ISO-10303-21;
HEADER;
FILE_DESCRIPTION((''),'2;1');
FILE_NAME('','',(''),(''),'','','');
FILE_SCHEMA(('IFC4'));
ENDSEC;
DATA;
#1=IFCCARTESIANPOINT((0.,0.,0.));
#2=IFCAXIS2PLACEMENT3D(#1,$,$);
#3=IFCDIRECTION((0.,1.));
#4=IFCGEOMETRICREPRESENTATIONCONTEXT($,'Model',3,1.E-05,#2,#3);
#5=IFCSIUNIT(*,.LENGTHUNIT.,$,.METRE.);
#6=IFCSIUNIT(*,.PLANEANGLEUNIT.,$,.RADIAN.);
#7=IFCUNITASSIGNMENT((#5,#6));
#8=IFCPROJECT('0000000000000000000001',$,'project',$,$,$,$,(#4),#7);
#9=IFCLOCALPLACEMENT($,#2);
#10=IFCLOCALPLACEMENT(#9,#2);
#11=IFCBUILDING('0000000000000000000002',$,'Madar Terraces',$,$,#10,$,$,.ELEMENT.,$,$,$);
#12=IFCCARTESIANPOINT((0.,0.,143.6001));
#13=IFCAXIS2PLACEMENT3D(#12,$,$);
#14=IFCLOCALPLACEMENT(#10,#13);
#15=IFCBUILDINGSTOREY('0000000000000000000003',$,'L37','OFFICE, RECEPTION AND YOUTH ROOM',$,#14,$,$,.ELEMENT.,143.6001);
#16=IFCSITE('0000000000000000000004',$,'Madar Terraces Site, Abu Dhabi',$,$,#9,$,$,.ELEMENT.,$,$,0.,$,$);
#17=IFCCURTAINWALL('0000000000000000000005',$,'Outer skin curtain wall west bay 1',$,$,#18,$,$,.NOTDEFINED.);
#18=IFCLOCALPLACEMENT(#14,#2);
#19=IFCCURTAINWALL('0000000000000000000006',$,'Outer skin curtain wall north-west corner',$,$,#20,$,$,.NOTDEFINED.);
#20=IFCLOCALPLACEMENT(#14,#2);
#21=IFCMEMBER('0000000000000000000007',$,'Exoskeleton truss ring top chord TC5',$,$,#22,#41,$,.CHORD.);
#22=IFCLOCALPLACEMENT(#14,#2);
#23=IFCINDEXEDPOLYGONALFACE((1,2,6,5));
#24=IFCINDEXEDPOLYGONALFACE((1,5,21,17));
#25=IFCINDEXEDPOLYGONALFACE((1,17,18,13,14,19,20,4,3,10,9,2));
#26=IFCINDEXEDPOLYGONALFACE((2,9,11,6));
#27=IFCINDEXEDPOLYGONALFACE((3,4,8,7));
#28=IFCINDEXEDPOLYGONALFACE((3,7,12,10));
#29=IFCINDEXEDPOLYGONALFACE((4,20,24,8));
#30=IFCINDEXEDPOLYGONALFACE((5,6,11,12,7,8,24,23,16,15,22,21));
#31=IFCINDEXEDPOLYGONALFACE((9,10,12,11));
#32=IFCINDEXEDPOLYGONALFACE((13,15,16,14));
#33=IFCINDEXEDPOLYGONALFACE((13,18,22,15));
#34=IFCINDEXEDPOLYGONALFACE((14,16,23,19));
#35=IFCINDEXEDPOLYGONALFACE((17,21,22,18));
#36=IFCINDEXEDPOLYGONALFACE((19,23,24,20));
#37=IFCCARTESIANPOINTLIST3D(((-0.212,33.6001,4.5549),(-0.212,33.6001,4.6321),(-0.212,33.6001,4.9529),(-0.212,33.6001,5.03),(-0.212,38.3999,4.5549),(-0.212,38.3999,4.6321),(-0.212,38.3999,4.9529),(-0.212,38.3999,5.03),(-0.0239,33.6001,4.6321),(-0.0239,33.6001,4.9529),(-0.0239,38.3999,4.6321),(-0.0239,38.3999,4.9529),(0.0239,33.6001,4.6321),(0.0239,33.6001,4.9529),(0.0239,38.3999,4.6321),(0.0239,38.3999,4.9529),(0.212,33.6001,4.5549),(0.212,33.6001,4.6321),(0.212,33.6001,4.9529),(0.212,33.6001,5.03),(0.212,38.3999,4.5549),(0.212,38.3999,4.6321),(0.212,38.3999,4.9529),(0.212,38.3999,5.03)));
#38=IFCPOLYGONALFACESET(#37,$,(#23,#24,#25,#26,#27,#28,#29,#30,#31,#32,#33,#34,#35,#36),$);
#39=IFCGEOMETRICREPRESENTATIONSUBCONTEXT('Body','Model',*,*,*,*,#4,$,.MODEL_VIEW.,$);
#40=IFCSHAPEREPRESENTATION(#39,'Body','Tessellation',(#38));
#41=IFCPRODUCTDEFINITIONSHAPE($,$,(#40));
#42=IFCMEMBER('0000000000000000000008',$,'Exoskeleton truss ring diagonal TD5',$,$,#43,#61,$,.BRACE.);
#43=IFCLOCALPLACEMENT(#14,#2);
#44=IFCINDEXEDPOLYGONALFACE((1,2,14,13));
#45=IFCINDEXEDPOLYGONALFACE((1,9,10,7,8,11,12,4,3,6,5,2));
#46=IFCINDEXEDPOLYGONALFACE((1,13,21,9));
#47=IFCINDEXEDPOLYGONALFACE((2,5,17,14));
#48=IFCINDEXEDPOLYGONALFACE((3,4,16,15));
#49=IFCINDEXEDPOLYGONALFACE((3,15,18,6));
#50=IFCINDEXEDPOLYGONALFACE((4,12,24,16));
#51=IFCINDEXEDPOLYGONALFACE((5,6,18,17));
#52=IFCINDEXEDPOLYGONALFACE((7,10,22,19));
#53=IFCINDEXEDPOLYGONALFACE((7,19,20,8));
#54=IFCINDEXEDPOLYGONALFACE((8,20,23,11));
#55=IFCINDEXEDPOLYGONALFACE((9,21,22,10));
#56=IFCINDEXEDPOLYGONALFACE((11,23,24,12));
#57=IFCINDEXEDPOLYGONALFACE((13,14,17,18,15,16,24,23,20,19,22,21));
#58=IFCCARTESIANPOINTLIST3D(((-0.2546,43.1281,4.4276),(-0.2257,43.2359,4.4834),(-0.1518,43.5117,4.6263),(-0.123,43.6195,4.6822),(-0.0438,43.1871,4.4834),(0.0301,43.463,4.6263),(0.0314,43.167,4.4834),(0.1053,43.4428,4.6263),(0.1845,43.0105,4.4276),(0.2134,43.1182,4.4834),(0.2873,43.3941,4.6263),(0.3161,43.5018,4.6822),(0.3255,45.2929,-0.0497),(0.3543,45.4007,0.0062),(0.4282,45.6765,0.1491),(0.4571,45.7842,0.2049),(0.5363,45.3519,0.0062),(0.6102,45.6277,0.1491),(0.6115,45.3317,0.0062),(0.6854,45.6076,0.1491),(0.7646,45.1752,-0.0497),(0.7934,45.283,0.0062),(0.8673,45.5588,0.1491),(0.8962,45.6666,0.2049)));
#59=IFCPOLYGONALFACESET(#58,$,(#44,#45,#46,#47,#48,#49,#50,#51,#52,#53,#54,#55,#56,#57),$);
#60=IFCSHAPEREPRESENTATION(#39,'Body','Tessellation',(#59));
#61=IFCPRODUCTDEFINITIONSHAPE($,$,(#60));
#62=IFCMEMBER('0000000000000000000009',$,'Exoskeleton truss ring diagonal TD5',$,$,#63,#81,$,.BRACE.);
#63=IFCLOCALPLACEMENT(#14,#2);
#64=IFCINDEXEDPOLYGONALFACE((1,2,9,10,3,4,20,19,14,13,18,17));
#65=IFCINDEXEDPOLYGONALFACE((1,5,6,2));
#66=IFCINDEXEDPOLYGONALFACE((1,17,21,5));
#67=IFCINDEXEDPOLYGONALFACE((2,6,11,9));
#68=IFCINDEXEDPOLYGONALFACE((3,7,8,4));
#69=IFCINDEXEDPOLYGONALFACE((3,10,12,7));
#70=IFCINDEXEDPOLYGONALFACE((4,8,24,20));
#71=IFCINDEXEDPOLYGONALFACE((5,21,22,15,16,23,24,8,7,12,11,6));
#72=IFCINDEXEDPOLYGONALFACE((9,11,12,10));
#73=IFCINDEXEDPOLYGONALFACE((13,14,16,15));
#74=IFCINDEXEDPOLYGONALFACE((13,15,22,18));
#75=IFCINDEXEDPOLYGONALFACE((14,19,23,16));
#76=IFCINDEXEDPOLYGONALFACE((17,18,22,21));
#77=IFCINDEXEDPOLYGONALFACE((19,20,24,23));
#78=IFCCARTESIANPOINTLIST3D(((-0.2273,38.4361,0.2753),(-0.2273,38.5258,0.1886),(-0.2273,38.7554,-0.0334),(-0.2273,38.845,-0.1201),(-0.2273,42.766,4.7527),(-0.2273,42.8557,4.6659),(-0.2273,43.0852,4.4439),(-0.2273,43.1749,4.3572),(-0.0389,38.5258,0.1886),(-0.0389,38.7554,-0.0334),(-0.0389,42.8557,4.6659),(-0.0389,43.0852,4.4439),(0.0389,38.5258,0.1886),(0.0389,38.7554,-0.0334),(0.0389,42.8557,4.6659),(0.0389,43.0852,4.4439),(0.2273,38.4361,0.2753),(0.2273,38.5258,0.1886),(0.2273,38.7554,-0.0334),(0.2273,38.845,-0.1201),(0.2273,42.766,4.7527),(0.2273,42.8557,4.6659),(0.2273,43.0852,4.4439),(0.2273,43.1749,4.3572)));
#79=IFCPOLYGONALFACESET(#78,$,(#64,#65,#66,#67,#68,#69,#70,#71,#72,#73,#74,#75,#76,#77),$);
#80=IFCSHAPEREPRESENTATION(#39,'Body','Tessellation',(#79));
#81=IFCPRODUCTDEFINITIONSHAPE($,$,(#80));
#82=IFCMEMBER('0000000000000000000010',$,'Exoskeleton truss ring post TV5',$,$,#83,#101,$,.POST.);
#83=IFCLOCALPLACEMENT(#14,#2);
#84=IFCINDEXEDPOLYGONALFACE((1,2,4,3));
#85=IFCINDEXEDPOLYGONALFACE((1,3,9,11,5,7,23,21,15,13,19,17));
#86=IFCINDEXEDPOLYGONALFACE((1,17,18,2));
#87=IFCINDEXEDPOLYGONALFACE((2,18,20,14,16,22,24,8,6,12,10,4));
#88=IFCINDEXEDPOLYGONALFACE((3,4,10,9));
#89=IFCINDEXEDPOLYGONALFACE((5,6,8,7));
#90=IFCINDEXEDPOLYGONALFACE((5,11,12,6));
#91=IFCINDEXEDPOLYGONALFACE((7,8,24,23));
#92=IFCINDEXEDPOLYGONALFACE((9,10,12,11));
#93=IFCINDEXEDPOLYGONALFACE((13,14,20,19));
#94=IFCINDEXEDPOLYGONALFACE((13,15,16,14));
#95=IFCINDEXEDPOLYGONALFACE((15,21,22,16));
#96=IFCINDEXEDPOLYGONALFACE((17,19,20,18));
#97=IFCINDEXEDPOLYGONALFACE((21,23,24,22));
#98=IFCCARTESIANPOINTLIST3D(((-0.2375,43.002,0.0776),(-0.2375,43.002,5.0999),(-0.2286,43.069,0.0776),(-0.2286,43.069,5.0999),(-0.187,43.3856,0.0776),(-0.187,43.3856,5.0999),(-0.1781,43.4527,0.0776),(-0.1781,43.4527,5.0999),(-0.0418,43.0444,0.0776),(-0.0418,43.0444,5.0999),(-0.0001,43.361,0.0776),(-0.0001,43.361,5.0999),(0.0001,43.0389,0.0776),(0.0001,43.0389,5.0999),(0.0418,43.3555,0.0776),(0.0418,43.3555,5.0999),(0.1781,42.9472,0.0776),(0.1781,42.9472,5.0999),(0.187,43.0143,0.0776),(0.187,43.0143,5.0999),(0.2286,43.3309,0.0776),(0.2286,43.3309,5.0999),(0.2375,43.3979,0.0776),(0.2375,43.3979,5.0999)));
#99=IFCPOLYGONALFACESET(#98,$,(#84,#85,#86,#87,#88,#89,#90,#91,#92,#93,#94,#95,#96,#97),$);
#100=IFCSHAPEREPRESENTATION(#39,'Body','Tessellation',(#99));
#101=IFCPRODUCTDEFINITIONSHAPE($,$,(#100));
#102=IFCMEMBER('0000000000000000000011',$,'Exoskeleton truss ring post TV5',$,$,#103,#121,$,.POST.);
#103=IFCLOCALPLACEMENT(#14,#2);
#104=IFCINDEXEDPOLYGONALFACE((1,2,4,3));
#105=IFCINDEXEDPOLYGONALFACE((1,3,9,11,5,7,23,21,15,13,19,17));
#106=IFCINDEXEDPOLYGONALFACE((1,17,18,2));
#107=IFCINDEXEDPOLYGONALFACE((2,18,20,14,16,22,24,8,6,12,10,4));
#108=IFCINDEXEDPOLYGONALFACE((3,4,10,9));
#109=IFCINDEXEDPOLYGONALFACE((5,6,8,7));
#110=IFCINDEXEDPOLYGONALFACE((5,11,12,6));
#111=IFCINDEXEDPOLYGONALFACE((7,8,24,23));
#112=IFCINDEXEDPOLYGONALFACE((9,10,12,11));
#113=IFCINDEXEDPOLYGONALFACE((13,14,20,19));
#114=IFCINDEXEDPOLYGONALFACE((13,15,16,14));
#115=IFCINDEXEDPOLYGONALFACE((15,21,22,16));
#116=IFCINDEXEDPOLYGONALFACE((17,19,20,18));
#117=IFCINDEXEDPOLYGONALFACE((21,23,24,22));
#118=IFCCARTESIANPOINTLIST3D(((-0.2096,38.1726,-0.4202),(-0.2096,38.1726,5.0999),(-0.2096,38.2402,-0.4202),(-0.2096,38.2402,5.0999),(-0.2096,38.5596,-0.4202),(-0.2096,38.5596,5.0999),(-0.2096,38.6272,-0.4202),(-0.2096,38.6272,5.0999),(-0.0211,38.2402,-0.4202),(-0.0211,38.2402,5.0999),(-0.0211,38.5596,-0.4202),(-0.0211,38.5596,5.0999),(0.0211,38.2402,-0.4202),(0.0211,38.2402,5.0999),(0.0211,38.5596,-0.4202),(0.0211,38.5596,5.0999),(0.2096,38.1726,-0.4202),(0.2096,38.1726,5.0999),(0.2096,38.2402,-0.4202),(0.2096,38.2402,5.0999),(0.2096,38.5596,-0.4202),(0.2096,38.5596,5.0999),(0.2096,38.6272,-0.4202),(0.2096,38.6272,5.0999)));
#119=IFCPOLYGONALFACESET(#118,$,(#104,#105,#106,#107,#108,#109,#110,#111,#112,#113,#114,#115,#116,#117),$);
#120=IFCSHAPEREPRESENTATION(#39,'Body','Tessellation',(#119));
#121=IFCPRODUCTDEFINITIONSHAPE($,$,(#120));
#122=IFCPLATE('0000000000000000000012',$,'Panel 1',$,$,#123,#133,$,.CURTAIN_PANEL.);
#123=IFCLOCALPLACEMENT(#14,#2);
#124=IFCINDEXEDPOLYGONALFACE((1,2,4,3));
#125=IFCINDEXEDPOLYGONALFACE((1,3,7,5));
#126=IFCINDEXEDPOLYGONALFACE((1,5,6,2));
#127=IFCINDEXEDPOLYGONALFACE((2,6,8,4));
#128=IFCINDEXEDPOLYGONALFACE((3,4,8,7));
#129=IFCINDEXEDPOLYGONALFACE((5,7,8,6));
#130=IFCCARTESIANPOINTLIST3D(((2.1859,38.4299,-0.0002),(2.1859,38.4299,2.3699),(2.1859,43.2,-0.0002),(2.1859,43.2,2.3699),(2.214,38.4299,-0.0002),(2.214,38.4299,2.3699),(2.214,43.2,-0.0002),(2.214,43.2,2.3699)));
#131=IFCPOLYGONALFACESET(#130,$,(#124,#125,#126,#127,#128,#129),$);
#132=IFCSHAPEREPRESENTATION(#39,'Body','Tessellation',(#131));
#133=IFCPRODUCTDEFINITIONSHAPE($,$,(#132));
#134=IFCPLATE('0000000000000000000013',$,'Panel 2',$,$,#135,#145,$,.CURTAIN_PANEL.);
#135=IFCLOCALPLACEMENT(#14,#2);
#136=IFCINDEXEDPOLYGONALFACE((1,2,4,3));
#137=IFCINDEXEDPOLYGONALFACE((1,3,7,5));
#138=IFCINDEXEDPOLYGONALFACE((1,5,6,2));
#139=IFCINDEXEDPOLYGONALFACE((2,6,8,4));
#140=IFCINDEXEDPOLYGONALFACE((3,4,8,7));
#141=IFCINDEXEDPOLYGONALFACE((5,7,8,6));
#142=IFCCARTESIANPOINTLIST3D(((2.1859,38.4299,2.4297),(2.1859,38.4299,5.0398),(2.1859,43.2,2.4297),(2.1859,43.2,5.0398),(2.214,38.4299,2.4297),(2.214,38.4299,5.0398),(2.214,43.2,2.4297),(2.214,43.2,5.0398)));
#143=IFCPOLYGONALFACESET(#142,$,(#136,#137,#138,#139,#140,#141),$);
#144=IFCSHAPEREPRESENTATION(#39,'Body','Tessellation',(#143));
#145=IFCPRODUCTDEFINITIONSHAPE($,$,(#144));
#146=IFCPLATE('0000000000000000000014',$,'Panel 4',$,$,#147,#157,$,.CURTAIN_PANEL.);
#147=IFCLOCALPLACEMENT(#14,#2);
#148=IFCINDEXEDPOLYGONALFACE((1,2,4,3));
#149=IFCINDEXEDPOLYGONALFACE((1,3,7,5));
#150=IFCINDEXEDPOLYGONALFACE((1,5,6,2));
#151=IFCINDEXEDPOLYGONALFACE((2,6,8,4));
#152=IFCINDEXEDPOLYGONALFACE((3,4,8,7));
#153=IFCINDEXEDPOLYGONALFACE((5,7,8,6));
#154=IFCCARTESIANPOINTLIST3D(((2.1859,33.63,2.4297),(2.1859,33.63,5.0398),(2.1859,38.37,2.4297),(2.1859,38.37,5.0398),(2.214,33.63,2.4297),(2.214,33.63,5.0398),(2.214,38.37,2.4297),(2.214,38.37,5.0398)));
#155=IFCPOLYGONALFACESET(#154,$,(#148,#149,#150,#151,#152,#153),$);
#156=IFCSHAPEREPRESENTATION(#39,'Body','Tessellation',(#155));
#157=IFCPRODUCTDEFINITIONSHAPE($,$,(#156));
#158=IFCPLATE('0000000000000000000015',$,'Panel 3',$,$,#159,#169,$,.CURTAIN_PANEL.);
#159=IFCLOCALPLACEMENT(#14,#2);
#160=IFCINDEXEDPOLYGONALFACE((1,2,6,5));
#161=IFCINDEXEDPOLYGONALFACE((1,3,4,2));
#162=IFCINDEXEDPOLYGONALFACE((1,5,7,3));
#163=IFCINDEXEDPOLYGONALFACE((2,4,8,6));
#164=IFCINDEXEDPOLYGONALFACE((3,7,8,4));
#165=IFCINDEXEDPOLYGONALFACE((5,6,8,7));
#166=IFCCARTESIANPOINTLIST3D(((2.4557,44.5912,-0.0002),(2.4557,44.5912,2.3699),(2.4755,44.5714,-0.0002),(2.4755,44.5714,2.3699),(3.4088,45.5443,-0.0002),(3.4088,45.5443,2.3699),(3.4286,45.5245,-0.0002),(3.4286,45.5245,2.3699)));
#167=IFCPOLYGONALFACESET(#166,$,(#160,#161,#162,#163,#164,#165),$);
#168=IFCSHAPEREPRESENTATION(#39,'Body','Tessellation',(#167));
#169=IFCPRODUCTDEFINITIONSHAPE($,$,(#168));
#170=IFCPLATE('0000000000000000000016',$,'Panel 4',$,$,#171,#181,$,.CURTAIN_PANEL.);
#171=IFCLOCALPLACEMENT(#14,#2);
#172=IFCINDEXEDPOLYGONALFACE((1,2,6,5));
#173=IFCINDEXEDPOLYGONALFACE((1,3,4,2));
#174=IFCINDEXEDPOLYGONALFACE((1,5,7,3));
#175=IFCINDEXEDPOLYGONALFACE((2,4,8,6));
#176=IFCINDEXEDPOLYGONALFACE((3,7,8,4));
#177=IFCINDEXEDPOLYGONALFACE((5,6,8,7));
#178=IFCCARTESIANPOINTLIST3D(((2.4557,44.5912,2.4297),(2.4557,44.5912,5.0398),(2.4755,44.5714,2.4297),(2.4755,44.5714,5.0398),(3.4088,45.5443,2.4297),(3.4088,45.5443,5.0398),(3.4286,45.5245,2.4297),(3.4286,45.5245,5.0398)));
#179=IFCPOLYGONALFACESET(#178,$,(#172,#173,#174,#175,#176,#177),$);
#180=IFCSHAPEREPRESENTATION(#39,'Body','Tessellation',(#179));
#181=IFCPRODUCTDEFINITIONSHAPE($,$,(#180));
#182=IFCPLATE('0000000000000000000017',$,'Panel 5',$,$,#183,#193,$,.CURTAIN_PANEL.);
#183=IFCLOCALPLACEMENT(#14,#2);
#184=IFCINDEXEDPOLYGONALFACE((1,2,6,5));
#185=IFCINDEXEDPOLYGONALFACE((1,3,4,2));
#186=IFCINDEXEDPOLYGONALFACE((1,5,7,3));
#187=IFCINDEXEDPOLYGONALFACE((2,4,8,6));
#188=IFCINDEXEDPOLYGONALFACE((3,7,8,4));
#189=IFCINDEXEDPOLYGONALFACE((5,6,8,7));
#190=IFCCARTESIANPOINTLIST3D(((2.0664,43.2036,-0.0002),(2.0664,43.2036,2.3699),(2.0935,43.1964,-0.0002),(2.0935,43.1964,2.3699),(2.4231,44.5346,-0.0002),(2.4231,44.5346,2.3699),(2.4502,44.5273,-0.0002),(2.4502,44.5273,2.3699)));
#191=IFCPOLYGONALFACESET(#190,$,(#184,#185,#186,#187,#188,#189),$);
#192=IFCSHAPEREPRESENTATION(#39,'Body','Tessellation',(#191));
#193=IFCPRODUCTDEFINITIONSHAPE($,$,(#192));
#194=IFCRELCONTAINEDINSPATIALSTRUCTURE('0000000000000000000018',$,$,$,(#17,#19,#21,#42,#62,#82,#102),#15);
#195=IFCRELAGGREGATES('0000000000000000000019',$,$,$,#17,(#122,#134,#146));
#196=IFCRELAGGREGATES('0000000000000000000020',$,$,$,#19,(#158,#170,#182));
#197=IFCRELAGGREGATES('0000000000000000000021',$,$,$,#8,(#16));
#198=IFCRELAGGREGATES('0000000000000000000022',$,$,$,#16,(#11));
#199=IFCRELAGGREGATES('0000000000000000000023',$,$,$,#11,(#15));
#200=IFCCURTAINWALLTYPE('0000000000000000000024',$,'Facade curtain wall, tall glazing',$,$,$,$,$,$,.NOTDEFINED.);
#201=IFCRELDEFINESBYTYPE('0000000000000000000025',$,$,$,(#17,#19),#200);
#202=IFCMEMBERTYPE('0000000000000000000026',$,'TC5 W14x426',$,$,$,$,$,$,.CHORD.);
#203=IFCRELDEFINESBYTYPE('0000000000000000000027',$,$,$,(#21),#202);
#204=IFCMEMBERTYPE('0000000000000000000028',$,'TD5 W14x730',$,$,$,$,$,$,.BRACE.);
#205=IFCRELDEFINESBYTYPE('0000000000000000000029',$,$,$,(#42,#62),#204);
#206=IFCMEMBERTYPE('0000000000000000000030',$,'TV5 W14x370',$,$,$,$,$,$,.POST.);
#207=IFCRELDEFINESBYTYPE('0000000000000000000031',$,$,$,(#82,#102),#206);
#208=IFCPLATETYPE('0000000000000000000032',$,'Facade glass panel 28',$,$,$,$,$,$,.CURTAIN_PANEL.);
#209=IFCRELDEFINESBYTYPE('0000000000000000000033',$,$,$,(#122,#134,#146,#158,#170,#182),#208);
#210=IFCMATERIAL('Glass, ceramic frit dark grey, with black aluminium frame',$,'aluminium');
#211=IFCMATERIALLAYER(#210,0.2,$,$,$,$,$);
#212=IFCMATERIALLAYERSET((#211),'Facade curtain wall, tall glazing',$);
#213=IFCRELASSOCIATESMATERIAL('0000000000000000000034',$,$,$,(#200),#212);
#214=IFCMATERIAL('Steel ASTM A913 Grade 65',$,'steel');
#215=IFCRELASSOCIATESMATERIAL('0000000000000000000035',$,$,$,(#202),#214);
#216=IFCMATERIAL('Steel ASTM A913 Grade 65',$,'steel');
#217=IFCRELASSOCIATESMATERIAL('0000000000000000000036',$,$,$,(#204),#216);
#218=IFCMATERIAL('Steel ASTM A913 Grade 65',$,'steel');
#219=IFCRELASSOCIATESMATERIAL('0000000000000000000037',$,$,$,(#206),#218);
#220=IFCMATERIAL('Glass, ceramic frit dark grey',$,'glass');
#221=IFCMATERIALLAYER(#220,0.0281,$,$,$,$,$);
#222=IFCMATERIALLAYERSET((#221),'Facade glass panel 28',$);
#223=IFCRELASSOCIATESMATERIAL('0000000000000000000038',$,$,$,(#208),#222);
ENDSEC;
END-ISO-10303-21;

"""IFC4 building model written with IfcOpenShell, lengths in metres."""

from ifc_helpers import new_model, si_unit, direction, frame, origin, origin_2d, place, context, subcontext, project, spatial, rectangle, i_section, extrude, material, layer, layer_set, material_profile, profile_set, type_object, element, aggregate, save


model = new_model("IFC4")

# Units and contexts
model_context = context("Model", 3, precision=1e-05, world=origin(), true_north=direction((0.0, 1.0)))
body_context = subcontext(model_context, "Body", "Model", "MODEL_VIEW")
ifc_project = project(units=[si_unit("LENGTHUNIT", "METRE"), si_unit("PLANEANGLEUNIT", "RADIAN")], contexts=[model_context])

# Site, building, storey
site_placement = place(None, origin())
site = spatial("IfcSite", under=ifc_project, at=site_placement, Name="Madar Terraces Site, Abu Dhabi", CompositionType="ELEMENT", RefElevation=0.0)
building_placement = place(site_placement, origin())
building = spatial("IfcBuilding", under=site, at=building_placement, Name="Madar Terraces", CompositionType="ELEMENT")
storey_placement = place(building_placement, frame((0.0, 0.0, 143.6001)))
storey = spatial("IfcBuildingStorey", under=building, at=storey_placement, Name="L37", Description="OFFICE, RECEPTION AND YOUTH ROOM", CompositionType="ELEMENT", Elevation=143.6001)

# Curtain walls
ifc_material_1 = material(Name="Glass, ceramic frit dark grey, with black aluminium frame", Category="aluminium")
ifc_layer_1 = layer(ifc_material_1, 0.2)
ifc_layer_set_1 = layer_set([ifc_layer_1], Name="Facade curtain wall, tall glazing")
curtain_wall_type = type_object("IfcCurtainWallType", Name="Facade curtain wall, tall glazing", PredefinedType="NOTDEFINED", material=ifc_layer_set_1)
curtain_wall_1_placement = place(storey_placement, origin())
curtain_wall_1 = element("IfcCurtainWall", 1, at=curtain_wall_1_placement, inside=storey, type_object=curtain_wall_type, Name="Outer skin curtain wall west bay 1", PredefinedType="NOTDEFINED")
curtain_wall_2_placement = place(storey_placement, origin())
curtain_wall_2 = element("IfcCurtainWall", 2, at=curtain_wall_2_placement, inside=storey, type_object=curtain_wall_type, Name="Outer skin curtain wall north-west corner", PredefinedType="NOTDEFINED")

# Members
ifc_material_2 = material(Name="Steel ASTM A913 Grade 65", Category="steel")
ifc_material_profile_1 = material_profile(ifc_material_2, i_section(OverallWidth=0.4241, OverallDepth=0.4751, WebThickness=0.0479, FlangeThickness=0.0771, at=origin_2d()), Name="W14x426")
ifc_profile_set_1 = profile_set([ifc_material_profile_1], Name="Steel ASTM A913 Grade 65")
member_type_1 = type_object("IfcMemberType", Name="TC5 W14x426", PredefinedType="CHORD", material=ifc_profile_set_1)
member_1_placement = place(storey_placement, frame((0.0, 38.3999, 4.7925), z_axis=(0.0, -1.0, 0.0), x_axis=(1.0, 0.0, 0.0)))
element("IfcMember", 3, at=member_1_placement, inside=storey, type_object=member_type_1, Name="Exoskeleton truss ring top chord TC5", PredefinedType="CHORD", context=body_context, shape_type="SweptSolid", body=[
    extrude(i_section(OverallWidth=0.4241, OverallDepth=0.4751, WebThickness=0.0479, FlangeThickness=0.0771, at=origin_2d()), origin(), (0.0, 0.0, 1.0), 4.7998),
])
ifc_material_3 = material(Name="Steel ASTM A913 Grade 65", Category="steel")
ifc_material_profile_2 = material_profile(ifc_material_3, i_section(OverallWidth=0.4546, OverallDepth=0.5688, WebThickness=0.0779, FlangeThickness=0.1248, at=origin_2d()), Name="W14x730")
ifc_profile_set_2 = profile_set([ifc_material_profile_2], Name="Steel ASTM A913 Grade 65")
member_type_2 = type_object("IfcMemberType", Name="TD5 W14x730", PredefinedType="BRACE", material=ifc_profile_set_2)
member_2_placement = place(storey_placement, frame((0.6108, 45.4797, 0.0776), z_axis=(-0.115856, -0.432363, 0.894226), x_axis=(0.965923, -0.258829, 0.0)))
element("IfcMember", 4, at=member_2_placement, inside=storey, type_object=member_type_2, Name="Exoskeleton truss ring diagonal TD5", PredefinedType="BRACE", context=body_context, shape_type="SweptSolid", body=[
    extrude(i_section(OverallWidth=0.4546, OverallDepth=0.5688, WebThickness=0.0779, FlangeThickness=0.1248, at=origin_2d()), origin(), (0.0, 0.0, 1.0), 5.0068),
])
member_3_placement = place(storey_placement, frame((0.0, 42.9705, 4.5549), z_axis=(0.0, -0.69517, -0.718845), x_axis=(1.0, 0.0, 0.0)))
element("IfcMember", 5, at=member_3_placement, inside=storey, type_object=member_type_2, Name="Exoskeleton truss ring diagonal TD5", PredefinedType="BRACE", context=body_context, shape_type="SweptSolid", body=[
    extrude(i_section(OverallWidth=0.4546, OverallDepth=0.5688, WebThickness=0.0779, FlangeThickness=0.1248, at=origin_2d()), origin(), (0.0, 0.0, 1.0), 6.2285),
])
ifc_material_4 = material(Name="Steel ASTM A913 Grade 65", Category="steel")
ifc_material_profile_3 = material_profile(ifc_material_4, i_section(OverallWidth=0.4192, OverallDepth=0.4546, WebThickness=0.0422, FlangeThickness=0.0676, at=origin_2d()), Name="W14x370")
ifc_profile_set_3 = profile_set([ifc_material_profile_3], Name="Steel ASTM A913 Grade 65")
member_type_3 = type_object("IfcMemberType", Name="TV5 W14x370", PredefinedType="POST", material=ifc_profile_set_3)
member_4_placement = place(storey_placement, frame((0.0, 43.2, 0.0776), z_axis=(0.0, 0.0, 1.0), x_axis=(0.991445, -0.130526, 0.0)))
element("IfcMember", 6, at=member_4_placement, inside=storey, type_object=member_type_3, Name="Exoskeleton truss ring post TV5", PredefinedType="POST", context=body_context, shape_type="SweptSolid", body=[
    extrude(i_section(OverallWidth=0.4192, OverallDepth=0.4546, WebThickness=0.0422, FlangeThickness=0.0676, at=origin_2d()), origin(), (0.0, 0.0, 1.0), 5.0222),
])
member_5_placement = place(storey_placement, frame((0.0, 38.3999, -0.4202), z_axis=(0.0, 0.0, 1.0), x_axis=(1.0, 0.0, 0.0)))
element("IfcMember", 7, at=member_5_placement, inside=storey, type_object=member_type_3, Name="Exoskeleton truss ring post TV5", PredefinedType="POST", context=body_context, shape_type="SweptSolid", body=[
    extrude(i_section(OverallWidth=0.4192, OverallDepth=0.4546, WebThickness=0.0422, FlangeThickness=0.0676, at=origin_2d()), origin(), (0.0, 0.0, 1.0), 5.52),
])

# Plates
ifc_material_5 = material(Name="Glass, ceramic frit dark grey", Category="glass")
ifc_layer_2 = layer(ifc_material_5, 0.0281)
ifc_layer_set_2 = layer_set([ifc_layer_2], Name="Facade glass panel 28")
plate_type = type_object("IfcPlateType", Name="Facade glass panel 28", PredefinedType="CURTAIN_PANEL", material=ifc_layer_set_2)
plate_1_placement = place(storey_placement, frame((2.2, 40.8149, -0.0002), z_axis=(0.0, 0.0, 1.0), x_axis=(0.0, -1.0, 0.0)))
plate_1 = element("IfcPlate", 8, at=plate_1_placement, type_object=plate_type, Name="Panel 1", PredefinedType="CURTAIN_PANEL", context=body_context, shape_type="SweptSolid", body=[
    extrude(rectangle(XDim=4.77, YDim=0.0281, at=origin_2d()), origin(), (0.0, 0.0, 1.0), 2.3701),
])
plate_2_placement = place(storey_placement, frame((2.2, 40.8149, 2.4297), z_axis=(0.0, 0.0, 1.0), x_axis=(0.0, -1.0, 0.0)))
plate_2 = element("IfcPlate", 9, at=plate_2_placement, type_object=plate_type, Name="Panel 2", PredefinedType="CURTAIN_PANEL", context=body_context, shape_type="SweptSolid", body=[
    extrude(rectangle(XDim=4.77, YDim=0.0281, at=origin_2d()), origin(), (0.0, 0.0, 1.0), 2.6101),
])
plate_3_placement = place(storey_placement, frame((2.2, 36.0, 2.4297), z_axis=(0.0, 0.0, 1.0), x_axis=(0.0, -1.0, 0.0)))
plate_3 = element("IfcPlate", 10, at=plate_3_placement, type_object=plate_type, Name="Panel 4", PredefinedType="CURTAIN_PANEL", context=body_context, shape_type="SweptSolid", body=[
    extrude(rectangle(XDim=4.74, YDim=0.0281, at=origin_2d()), origin(), (0.0, 0.0, 1.0), 2.6101),
])
aggregate(curtain_wall_1, [plate_1, plate_2, plate_3])
plate_4_placement = place(storey_placement, frame((2.9421, 45.0579, -0.0002), z_axis=(0.0, 0.0, 1.0), x_axis=(-0.707107, -0.707107, 0.0)))
plate_4 = element("IfcPlate", 11, at=plate_4_placement, type_object=plate_type, Name="Panel 3", PredefinedType="CURTAIN_PANEL", context=body_context, shape_type="SweptSolid", body=[
    extrude(rectangle(XDim=1.3479, YDim=0.0281, at=origin_2d()), origin(), (0.0, 0.0, 1.0), 2.3701),
])
plate_5_placement = place(storey_placement, frame((2.9421, 45.0579, 2.4297), z_axis=(0.0, 0.0, 1.0), x_axis=(-0.707107, -0.707107, 0.0)))
plate_5 = element("IfcPlate", 12, at=plate_5_placement, type_object=plate_type, Name="Panel 4", PredefinedType="CURTAIN_PANEL", context=body_context, shape_type="SweptSolid", body=[
    extrude(rectangle(XDim=1.3479, YDim=0.0281, at=origin_2d()), origin(), (0.0, 0.0, 1.0), 2.6101),
])
plate_6_placement = place(storey_placement, frame((2.2583, 43.8655, -0.0002), z_axis=(0.0, 0.0, 1.0), x_axis=(-0.258819, -0.965926, 0.0)))
plate_6 = element("IfcPlate", 13, at=plate_6_placement, type_object=plate_type, Name="Panel 5", PredefinedType="CURTAIN_PANEL", context=body_context, shape_type="SweptSolid", body=[
    extrude(rectangle(XDim=1.3779, YDim=0.0281, at=origin_2d()), origin(), (0.0, 0.0, 1.0), 2.3701),
])
aggregate(curtain_wall_2, [plate_4, plate_5, plate_6])

save(model, "model.ifc")
